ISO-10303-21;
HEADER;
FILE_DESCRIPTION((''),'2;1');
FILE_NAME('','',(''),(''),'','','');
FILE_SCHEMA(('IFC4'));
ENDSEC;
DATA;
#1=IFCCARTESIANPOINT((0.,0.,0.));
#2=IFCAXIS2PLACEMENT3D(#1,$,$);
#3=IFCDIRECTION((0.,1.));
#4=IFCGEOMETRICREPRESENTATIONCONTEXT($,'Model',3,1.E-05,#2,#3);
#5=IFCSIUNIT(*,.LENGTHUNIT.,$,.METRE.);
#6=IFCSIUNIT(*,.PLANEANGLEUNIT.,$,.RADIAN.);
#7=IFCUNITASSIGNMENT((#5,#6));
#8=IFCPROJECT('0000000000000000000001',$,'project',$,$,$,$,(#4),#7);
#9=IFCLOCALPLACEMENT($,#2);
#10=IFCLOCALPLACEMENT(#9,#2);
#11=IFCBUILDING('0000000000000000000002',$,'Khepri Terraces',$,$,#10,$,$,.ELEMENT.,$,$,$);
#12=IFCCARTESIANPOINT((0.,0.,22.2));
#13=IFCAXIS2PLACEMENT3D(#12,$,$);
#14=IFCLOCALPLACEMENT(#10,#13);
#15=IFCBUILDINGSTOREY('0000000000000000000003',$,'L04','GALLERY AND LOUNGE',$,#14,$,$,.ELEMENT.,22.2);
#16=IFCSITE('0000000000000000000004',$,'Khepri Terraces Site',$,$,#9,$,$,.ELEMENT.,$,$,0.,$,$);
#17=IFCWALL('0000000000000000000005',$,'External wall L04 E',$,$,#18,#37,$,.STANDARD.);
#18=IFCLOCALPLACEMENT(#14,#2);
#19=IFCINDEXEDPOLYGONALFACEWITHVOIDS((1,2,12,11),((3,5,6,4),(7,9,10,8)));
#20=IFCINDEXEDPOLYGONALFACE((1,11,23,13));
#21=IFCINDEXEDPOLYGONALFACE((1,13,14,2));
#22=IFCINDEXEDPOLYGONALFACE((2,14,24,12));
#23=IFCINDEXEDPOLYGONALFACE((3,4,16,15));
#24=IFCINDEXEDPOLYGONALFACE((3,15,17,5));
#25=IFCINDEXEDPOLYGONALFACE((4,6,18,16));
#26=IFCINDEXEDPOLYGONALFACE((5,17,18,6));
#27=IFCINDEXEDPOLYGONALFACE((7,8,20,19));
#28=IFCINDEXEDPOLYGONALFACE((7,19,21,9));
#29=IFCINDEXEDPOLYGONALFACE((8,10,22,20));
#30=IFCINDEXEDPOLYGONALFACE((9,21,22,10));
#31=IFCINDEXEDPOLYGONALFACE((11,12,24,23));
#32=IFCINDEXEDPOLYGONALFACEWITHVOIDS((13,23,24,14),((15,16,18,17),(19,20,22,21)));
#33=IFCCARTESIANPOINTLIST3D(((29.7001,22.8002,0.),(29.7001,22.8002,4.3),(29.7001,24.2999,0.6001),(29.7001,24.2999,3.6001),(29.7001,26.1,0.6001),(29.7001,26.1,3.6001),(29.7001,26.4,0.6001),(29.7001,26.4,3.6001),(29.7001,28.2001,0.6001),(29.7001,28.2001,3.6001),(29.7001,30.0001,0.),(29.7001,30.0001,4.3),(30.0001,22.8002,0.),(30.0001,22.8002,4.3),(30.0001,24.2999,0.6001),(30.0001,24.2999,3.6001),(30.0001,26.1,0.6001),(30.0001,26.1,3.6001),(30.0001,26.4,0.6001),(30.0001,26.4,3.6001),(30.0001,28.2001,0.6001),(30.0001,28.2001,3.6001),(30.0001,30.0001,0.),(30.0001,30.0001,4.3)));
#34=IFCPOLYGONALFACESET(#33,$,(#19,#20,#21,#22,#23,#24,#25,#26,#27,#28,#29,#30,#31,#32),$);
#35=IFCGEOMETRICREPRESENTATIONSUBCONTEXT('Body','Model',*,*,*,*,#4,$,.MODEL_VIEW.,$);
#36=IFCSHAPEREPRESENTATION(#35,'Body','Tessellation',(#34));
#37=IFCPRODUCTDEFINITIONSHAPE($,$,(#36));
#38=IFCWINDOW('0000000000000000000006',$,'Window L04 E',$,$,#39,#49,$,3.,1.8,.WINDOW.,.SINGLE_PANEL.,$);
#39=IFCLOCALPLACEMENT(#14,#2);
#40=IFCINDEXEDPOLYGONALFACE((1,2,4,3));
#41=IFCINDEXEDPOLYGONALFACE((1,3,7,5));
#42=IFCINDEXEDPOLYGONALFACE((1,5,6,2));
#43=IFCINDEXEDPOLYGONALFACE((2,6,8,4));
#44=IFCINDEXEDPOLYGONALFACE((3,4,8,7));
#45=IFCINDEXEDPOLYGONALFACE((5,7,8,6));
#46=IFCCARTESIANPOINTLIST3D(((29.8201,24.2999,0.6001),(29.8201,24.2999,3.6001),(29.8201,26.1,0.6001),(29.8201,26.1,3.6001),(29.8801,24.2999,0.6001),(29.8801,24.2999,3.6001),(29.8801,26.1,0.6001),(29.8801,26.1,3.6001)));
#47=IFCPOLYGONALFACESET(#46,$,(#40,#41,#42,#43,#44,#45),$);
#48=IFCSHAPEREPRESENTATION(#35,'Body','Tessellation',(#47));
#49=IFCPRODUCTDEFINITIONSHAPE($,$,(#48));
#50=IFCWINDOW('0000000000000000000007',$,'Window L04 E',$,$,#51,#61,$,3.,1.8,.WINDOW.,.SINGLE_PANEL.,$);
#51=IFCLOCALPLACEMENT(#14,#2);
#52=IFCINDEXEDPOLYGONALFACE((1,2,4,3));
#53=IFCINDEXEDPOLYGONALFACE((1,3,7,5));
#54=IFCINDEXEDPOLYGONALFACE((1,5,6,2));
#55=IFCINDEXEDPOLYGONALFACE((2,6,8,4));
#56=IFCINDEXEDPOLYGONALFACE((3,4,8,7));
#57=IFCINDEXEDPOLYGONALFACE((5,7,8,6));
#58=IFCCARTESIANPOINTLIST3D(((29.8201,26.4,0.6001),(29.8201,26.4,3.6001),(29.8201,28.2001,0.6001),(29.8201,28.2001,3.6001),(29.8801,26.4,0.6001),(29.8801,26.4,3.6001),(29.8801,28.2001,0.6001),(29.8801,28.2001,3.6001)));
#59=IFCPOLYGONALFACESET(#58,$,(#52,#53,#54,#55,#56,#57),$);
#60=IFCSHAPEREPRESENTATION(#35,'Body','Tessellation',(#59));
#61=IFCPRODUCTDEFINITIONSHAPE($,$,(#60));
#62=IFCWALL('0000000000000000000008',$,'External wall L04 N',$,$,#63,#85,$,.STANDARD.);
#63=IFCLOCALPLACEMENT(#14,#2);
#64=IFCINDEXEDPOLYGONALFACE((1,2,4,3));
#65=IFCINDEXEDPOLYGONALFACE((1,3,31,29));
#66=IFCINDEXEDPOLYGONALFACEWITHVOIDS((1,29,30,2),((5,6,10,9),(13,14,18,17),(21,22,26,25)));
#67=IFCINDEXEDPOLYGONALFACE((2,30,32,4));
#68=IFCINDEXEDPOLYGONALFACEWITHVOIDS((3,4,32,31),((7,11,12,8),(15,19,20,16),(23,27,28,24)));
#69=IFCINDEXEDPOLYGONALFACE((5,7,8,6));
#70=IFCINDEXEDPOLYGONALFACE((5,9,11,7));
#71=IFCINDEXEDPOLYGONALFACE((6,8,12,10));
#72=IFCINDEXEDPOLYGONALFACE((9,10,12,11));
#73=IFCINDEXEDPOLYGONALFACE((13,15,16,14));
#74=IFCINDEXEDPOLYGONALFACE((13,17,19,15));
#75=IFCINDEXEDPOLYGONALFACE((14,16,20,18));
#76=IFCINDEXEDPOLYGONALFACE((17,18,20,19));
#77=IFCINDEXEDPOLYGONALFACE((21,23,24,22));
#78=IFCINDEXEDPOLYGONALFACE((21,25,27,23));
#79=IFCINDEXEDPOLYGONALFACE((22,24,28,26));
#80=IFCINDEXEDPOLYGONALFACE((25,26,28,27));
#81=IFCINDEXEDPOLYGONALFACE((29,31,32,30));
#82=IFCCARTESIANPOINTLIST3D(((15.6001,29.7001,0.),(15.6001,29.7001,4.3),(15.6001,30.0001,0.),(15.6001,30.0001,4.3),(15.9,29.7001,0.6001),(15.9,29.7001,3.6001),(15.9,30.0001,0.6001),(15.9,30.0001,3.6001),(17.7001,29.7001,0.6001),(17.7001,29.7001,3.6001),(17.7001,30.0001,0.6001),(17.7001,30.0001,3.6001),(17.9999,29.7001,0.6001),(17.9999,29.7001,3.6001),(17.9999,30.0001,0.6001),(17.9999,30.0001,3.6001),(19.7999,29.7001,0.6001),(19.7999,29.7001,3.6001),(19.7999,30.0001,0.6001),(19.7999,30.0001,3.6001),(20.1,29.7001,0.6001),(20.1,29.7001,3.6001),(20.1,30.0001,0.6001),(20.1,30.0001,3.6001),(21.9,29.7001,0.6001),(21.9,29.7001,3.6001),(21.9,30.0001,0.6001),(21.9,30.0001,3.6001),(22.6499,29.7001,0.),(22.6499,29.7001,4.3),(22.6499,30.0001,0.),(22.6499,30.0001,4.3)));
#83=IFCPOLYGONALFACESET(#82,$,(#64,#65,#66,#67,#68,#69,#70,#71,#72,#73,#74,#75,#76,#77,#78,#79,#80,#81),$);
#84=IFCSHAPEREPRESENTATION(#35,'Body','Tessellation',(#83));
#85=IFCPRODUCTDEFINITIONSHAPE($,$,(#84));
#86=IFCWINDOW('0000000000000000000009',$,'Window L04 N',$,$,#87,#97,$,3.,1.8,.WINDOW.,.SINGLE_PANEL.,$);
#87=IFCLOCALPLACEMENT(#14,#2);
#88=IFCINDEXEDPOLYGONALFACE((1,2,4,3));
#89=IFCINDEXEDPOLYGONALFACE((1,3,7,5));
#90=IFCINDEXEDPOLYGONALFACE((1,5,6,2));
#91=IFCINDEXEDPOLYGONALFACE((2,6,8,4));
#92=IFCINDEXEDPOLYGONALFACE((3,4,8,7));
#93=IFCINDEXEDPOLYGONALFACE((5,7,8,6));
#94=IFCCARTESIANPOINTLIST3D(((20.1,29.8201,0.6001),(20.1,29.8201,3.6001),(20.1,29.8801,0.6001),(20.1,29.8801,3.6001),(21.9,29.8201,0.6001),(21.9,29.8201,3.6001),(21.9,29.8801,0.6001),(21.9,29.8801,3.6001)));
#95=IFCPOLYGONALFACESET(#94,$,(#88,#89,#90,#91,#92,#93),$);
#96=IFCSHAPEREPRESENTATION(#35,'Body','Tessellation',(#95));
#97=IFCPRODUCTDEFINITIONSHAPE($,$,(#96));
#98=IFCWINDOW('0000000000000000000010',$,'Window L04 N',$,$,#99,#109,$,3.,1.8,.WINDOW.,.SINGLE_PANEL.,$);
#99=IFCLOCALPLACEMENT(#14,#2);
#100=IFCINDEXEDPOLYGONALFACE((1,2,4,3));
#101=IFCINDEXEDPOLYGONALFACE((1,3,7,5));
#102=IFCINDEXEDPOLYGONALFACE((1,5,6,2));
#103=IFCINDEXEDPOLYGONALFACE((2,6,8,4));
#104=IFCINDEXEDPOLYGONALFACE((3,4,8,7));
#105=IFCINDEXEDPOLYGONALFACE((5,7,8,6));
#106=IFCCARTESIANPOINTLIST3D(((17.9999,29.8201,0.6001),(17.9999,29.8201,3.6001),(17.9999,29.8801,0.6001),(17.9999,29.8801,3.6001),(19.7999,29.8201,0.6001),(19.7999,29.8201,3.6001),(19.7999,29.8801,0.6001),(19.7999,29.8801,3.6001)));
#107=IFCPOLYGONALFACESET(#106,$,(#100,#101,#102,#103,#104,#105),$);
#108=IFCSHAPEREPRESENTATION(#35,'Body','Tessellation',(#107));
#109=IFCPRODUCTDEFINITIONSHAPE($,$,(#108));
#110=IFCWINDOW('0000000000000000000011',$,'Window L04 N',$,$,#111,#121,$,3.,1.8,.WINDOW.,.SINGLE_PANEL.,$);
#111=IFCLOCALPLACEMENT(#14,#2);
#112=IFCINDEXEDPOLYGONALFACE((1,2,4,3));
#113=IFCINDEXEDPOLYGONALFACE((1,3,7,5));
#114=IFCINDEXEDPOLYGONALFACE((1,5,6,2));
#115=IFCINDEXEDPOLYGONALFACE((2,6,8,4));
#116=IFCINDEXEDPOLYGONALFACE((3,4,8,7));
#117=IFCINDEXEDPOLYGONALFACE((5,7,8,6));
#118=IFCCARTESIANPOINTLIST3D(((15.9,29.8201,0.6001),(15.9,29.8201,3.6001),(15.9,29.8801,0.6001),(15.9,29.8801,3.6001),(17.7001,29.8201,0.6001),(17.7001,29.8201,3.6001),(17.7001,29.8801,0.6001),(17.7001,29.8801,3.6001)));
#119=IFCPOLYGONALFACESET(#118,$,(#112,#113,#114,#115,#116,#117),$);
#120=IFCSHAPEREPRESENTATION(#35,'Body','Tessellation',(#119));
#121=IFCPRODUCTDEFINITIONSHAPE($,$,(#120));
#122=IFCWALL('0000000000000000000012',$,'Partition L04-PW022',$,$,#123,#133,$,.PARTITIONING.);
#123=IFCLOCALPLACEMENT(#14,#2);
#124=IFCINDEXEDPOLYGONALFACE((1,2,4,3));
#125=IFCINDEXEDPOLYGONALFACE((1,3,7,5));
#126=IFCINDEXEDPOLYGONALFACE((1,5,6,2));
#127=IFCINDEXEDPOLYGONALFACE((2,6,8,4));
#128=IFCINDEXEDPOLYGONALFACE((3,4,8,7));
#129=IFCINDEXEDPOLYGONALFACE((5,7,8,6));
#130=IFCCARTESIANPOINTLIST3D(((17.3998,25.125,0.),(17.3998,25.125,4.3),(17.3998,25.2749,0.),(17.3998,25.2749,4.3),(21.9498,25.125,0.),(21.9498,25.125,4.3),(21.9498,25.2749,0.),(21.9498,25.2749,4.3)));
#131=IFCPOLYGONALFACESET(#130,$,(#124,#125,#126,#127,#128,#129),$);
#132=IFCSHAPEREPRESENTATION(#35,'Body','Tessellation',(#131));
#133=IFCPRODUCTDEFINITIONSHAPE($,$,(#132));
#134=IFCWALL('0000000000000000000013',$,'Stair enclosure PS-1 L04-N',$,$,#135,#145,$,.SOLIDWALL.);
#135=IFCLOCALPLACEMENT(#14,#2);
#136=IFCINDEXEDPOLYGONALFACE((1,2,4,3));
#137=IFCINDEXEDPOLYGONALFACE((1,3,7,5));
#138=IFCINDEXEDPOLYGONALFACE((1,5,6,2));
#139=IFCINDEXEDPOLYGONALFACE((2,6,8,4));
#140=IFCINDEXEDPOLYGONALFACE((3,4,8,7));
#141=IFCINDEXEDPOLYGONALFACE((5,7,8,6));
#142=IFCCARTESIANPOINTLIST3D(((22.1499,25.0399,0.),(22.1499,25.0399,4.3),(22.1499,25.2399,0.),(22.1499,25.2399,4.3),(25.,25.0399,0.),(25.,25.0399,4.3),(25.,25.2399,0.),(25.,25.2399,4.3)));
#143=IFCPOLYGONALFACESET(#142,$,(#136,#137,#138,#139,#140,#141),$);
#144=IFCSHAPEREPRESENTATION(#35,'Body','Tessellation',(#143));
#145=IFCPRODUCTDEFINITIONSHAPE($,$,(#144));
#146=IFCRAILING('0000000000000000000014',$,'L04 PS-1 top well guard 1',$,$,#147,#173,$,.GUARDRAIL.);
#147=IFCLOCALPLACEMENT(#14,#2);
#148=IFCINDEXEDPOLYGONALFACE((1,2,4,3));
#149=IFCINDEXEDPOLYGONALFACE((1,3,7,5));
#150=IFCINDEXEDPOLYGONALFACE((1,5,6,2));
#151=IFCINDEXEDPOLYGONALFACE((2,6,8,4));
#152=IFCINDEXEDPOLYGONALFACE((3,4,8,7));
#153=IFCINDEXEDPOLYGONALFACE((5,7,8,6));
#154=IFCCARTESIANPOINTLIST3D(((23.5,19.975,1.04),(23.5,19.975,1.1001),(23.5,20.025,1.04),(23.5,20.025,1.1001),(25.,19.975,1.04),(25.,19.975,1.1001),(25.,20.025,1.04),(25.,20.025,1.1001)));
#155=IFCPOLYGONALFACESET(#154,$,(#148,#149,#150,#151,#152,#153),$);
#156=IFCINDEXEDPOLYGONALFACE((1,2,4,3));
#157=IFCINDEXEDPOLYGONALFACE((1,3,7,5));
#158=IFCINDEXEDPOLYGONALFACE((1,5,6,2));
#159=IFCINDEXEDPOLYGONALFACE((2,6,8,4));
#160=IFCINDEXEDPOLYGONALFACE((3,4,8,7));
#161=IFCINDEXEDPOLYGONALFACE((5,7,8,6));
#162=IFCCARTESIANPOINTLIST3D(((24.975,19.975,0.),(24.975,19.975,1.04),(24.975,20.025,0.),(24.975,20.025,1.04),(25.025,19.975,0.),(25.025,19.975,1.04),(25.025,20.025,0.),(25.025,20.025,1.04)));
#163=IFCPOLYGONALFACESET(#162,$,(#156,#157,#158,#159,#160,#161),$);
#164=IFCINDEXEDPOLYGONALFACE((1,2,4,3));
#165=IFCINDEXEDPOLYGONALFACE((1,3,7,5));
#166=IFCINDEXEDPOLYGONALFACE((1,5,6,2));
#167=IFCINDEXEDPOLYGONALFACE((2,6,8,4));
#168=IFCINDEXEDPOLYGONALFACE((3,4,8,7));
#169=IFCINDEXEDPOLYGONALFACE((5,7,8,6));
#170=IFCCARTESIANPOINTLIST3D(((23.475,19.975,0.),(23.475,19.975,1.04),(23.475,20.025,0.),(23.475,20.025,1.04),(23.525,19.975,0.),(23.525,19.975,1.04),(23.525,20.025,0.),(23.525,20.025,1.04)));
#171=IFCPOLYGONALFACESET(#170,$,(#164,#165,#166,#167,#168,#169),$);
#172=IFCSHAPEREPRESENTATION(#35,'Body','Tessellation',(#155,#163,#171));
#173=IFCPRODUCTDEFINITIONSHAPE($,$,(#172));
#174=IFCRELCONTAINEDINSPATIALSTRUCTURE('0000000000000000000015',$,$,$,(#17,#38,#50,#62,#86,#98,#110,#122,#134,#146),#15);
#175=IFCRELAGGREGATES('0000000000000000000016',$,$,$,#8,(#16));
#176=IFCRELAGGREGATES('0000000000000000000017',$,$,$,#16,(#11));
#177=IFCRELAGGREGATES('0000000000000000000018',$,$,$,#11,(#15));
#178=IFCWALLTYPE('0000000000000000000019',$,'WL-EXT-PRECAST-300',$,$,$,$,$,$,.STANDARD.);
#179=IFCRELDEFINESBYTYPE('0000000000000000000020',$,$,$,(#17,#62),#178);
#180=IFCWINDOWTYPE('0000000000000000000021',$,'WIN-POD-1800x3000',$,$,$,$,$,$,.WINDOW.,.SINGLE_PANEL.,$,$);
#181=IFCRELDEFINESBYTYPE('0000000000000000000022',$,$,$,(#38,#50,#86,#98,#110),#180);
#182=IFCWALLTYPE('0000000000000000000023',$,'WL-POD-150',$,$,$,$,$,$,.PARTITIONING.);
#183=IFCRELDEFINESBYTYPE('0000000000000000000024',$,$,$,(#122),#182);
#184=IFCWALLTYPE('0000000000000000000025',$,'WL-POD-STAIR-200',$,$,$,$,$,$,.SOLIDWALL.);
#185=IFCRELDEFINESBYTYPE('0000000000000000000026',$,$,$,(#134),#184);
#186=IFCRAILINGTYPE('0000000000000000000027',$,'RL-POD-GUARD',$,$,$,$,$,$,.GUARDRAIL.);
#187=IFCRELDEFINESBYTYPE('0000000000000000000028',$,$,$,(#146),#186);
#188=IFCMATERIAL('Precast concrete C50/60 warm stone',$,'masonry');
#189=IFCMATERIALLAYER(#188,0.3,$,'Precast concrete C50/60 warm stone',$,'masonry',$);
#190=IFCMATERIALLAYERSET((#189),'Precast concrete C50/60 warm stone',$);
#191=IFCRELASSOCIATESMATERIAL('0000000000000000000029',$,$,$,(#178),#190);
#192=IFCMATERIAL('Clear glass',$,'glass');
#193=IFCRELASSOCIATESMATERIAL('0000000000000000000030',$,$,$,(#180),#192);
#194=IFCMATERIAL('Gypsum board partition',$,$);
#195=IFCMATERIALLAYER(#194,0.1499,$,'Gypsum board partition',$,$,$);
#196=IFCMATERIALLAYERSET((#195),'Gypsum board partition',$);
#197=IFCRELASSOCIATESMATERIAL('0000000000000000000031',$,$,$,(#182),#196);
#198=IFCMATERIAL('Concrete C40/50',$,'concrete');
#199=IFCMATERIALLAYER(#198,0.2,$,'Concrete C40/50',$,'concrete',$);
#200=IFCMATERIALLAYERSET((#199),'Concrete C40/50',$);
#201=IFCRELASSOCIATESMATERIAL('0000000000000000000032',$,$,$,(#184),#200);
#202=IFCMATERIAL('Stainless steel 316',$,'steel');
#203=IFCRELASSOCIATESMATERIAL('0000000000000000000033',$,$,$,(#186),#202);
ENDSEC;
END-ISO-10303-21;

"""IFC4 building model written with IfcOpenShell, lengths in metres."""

from ifc_helpers import new_model, si_unit, direction, frame, frame_2d, origin, origin_2d, place, context, subcontext, project, spatial, rectangle, extrude, material, layer, layer_set, type_object, element, fill, save


model = new_model("IFC4")

# Units and contexts
model_context = context("Model", 3, precision=1e-05, world=origin(), true_north=direction((0.0, 1.0)))
body_context = subcontext(model_context, "Body", "Model", "MODEL_VIEW")
ifc_project = project(units=[si_unit("LENGTHUNIT", "METRE"), si_unit("PLANEANGLEUNIT", "RADIAN")], contexts=[model_context])

# Site, building, storey
site_placement = place(None, origin())
site = spatial("IfcSite", under=ifc_project, at=site_placement, Name="Khepri Terraces Site", CompositionType="ELEMENT", RefElevation=0.0)
building_placement = place(site_placement, origin())
building = spatial("IfcBuilding", under=site, at=building_placement, Name="Khepri Terraces", CompositionType="ELEMENT")
storey_placement = place(building_placement, frame((0.0, 0.0, 22.2)))
storey = spatial("IfcBuildingStorey", under=building, at=storey_placement, Name="L04", Description="GALLERY AND LOUNGE", CompositionType="ELEMENT", Elevation=22.2)

# Shared definitions
ifc_material_1 = material(Name="Clear glass", Category="glass")

# Walls, openings, windows
ifc_material_2 = material(Name="Precast concrete C50/60 warm stone", Category="masonry")
ifc_layer_1 = layer(ifc_material_2, 0.3, Name="Precast concrete C50/60 warm stone", Category="masonry")
ifc_layer_set_1 = layer_set([ifc_layer_1], Name="Precast concrete C50/60 warm stone")
wall_type_1 = type_object("IfcWallType", Name="WL-EXT-PRECAST-300", PredefinedType="STANDARD", material=ifc_layer_set_1)
wall_1_placement = place(storey_placement, frame((29.8501, 22.8, 0.0), z_axis=(0.0, 0.0, 1.0), x_axis=(0.0, 1.0, 0.0)))
wall_1 = element("IfcWall", 1, at=wall_1_placement, inside=storey, type_object=wall_type_1, Name="External wall L04 E", PredefinedType="STANDARD", context=body_context, shape_type="SweptSolid", body=[
    extrude(rectangle(XDim=7.2, YDim=0.3, at=frame_2d((3.6001, 0.0))), origin(), (0.0, 0.0, 1.0), 4.3),
])
opening_1_placement = place(wall_1_placement, frame((1.5, 0.0, 0.6001)))
opening_1 = element("IfcOpeningElement", 2, at=opening_1_placement, cuts=wall_1, PredefinedType="OPENING", context=body_context, shape_type="SweptSolid", body=[
    extrude(rectangle(XDim=1.8, YDim=3.0, at=frame_2d((0.8999, 1.5))), frame((0.0, 0.1602, 0.0), z_axis=(0.0, -1.0, 0.0), x_axis=(1.0, 0.0, 0.0)), (0.0, 0.0, 1.0), 0.3201),
])
opening_2_placement = place(wall_1_placement, frame((3.6001, 0.0, 0.6001)))
opening_2 = element("IfcOpeningElement", 3, at=opening_2_placement, cuts=wall_1, PredefinedType="OPENING", context=body_context, shape_type="SweptSolid", body=[
    extrude(rectangle(XDim=1.8, YDim=3.0, at=frame_2d((0.8999, 1.5))), frame((0.0, 0.1602, 0.0), z_axis=(0.0, -1.0, 0.0), x_axis=(1.0, 0.0, 0.0)), (0.0, 0.0, 1.0), 0.3201),
])
window_type = type_object("IfcWindowType", Name="WIN-POD-1800x3000", PartitioningType="SINGLE_PANEL", PredefinedType="WINDOW", material=ifc_material_1)
window_1_placement = place(opening_1_placement, origin())
window_1 = element("IfcWindow", 4, at=window_1_placement, inside=storey, type_object=window_type, Name="Window L04 E", OverallHeight=3.0, OverallWidth=1.8, PartitioningType="SINGLE_PANEL", PredefinedType="WINDOW", context=body_context, shape_type="SweptSolid", body=[
    extrude(rectangle(XDim=1.8, YDim=3.0, at=frame_2d((0.8999, 1.5))), frame((0.0, 0.03, 0.0), z_axis=(0.0, -1.0, 0.0), x_axis=(1.0, 0.0, 0.0)), (0.0, 0.0, 1.0), 0.0601),
])
fill(opening_1, window_1)
window_2_placement = place(opening_2_placement, origin())
window_2 = element("IfcWindow", 5, at=window_2_placement, inside=storey, type_object=window_type, Name="Window L04 E", OverallHeight=3.0, OverallWidth=1.8, PartitioningType="SINGLE_PANEL", PredefinedType="WINDOW", context=body_context, shape_type="SweptSolid", body=[
    extrude(rectangle(XDim=1.8, YDim=3.0, at=frame_2d((0.8999, 1.5))), frame((0.0, 0.03, 0.0), z_axis=(0.0, -1.0, 0.0), x_axis=(1.0, 0.0, 0.0)), (0.0, 0.0, 1.0), 0.0601),
])
fill(opening_2, window_2)
wall_2_placement = place(storey_placement, frame((22.6499, 29.8501, 0.0), z_axis=(0.0, 0.0, 1.0), x_axis=(-1.0, 0.0, 0.0)))
wall_2 = element("IfcWall", 6, at=wall_2_placement, inside=storey, type_object=wall_type_1, Name="External wall L04 N", PredefinedType="STANDARD", context=body_context, shape_type="SweptSolid", body=[
    extrude(rectangle(XDim=7.0498, YDim=0.3, at=frame_2d((3.5249, 0.0))), origin(), (0.0, 0.0, 1.0), 4.3),
])
opening_3_placement = place(wall_2_placement, frame((0.75, 0.0, 0.6001)))
opening_3 = element("IfcOpeningElement", 7, at=opening_3_placement, cuts=wall_2, PredefinedType="OPENING", context=body_context, shape_type="SweptSolid", body=[
    extrude(rectangle(XDim=1.8, YDim=3.0, at=frame_2d((0.8999, 1.5))), frame((0.0, 0.1602, 0.0), z_axis=(0.0, -1.0, 0.0), x_axis=(1.0, 0.0, 0.0)), (0.0, 0.0, 1.0), 0.3201),
])
opening_4_placement = place(wall_2_placement, frame((2.8501, 0.0, 0.6001)))
opening_4 = element("IfcOpeningElement", 8, at=opening_4_placement, cuts=wall_2, PredefinedType="OPENING", context=body_context, shape_type="SweptSolid", body=[
    extrude(rectangle(XDim=1.8, YDim=3.0, at=frame_2d((0.8999, 1.5))), frame((0.0, 0.1602, 0.0), z_axis=(0.0, -1.0, 0.0), x_axis=(1.0, 0.0, 0.0)), (0.0, 0.0, 1.0), 0.3201),
])
opening_5_placement = place(wall_2_placement, frame((4.95, 0.0, 0.6001)))
opening_5 = element("IfcOpeningElement", 9, at=opening_5_placement, cuts=wall_2, PredefinedType="OPENING", context=body_context, shape_type="SweptSolid", body=[
    extrude(rectangle(XDim=1.8, YDim=3.0, at=frame_2d((0.8999, 1.5))), frame((0.0, 0.1602, 0.0), z_axis=(0.0, -1.0, 0.0), x_axis=(1.0, 0.0, 0.0)), (0.0, 0.0, 1.0), 0.3201),
])
window_3_placement = place(opening_3_placement, origin())
window_3 = element("IfcWindow", 10, at=window_3_placement, inside=storey, type_object=window_type, Name="Window L04 N", OverallHeight=3.0, OverallWidth=1.8, PartitioningType="SINGLE_PANEL", PredefinedType="WINDOW", context=body_context, shape_type="SweptSolid", body=[
    extrude(rectangle(XDim=1.8, YDim=3.0, at=frame_2d((0.8999, 1.5))), frame((0.0, 0.03, 0.0), z_axis=(0.0, -1.0, 0.0), x_axis=(1.0, 0.0, 0.0)), (0.0, 0.0, 1.0), 0.0601),
])
fill(opening_3, window_3)
window_4_placement = place(opening_4_placement, origin())
window_4 = element("IfcWindow", 11, at=window_4_placement, inside=storey, type_object=window_type, Name="Window L04 N", OverallHeight=3.0, OverallWidth=1.8, PartitioningType="SINGLE_PANEL", PredefinedType="WINDOW", context=body_context, shape_type="SweptSolid", body=[
    extrude(rectangle(XDim=1.8, YDim=3.0, at=frame_2d((0.8999, 1.5))), frame((0.0, 0.03, 0.0), z_axis=(0.0, -1.0, 0.0), x_axis=(1.0, 0.0, 0.0)), (0.0, 0.0, 1.0), 0.0601),
])
fill(opening_4, window_4)
window_5_placement = place(opening_5_placement, origin())
window_5 = element("IfcWindow", 12, at=window_5_placement, inside=storey, type_object=window_type, Name="Window L04 N", OverallHeight=3.0, OverallWidth=1.8, PartitioningType="SINGLE_PANEL", PredefinedType="WINDOW", context=body_context, shape_type="SweptSolid", body=[
    extrude(rectangle(XDim=1.8, YDim=3.0, at=frame_2d((0.8999, 1.5))), frame((0.0, 0.03, 0.0), z_axis=(0.0, -1.0, 0.0), x_axis=(1.0, 0.0, 0.0)), (0.0, 0.0, 1.0), 0.0601),
])
fill(opening_5, window_5)

# Walls
ifc_material_3 = material(Name="Gypsum board partition")
ifc_layer_2 = layer(ifc_material_3, 0.1499, Name="Gypsum board partition")
ifc_layer_set_2 = layer_set([ifc_layer_2], Name="Gypsum board partition")
wall_type_2 = type_object("IfcWallType", Name="WL-POD-150", PredefinedType="PARTITIONING", material=ifc_layer_set_2)
wall_3_placement = place(storey_placement, frame((17.3999, 25.2, 0.0), z_axis=(0.0, 0.0, 1.0), x_axis=(1.0, 0.0, 0.0)))
element("IfcWall", 13, at=wall_3_placement, inside=storey, type_object=wall_type_2, Name="Partition L04-PW022", PredefinedType="PARTITIONING", context=body_context, shape_type="SweptSolid", body=[
    extrude(rectangle(XDim=4.55, YDim=0.1499, at=frame_2d((2.2749, 0.0))), origin(), (0.0, 0.0, 1.0), 4.3),
])
ifc_material_4 = material(Name="Concrete C40/50", Category="concrete")
ifc_layer_3 = layer(ifc_material_4, 0.2, Name="Concrete C40/50", Category="concrete")
ifc_layer_set_3 = layer_set([ifc_layer_3], Name="Concrete C40/50")
wall_type_3 = type_object("IfcWallType", Name="WL-POD-STAIR-200", PredefinedType="SOLIDWALL", material=ifc_layer_set_3)
wall_4_placement = place(storey_placement, frame((22.1499, 25.1399, 0.0), z_axis=(0.0, 0.0, 1.0), x_axis=(1.0, 0.0, 0.0)))
element("IfcWall", 14, at=wall_4_placement, inside=storey, type_object=wall_type_3, Name="Stair enclosure PS-1 L04-N", PredefinedType="SOLIDWALL", context=body_context, shape_type="SweptSolid", body=[
    extrude(rectangle(XDim=2.8501, YDim=0.2, at=frame_2d((1.425, 0.0))), origin(), (0.0, 0.0, 1.0), 4.3),
])

# Railing
ifc_material_5 = material(Name="Stainless steel 316", Category="steel")
railing_type_1 = type_object("IfcRailingType", Name="RL-POD-GUARD", PredefinedType="GUARDRAIL", material=ifc_material_5)
railing_1_placement = place(storey_placement, frame((25.0, 20.0, 0.0)))
element("IfcRailing", 15, at=railing_1_placement, inside=storey, type_object=railing_type_1, Name="L04 PS-1 top well guard 1", PredefinedType="GUARDRAIL", context=body_context, shape_type="SweptSolid", body=[
    extrude(rectangle(XDim=0.05, YDim=0.0601, at=origin_2d()), frame((0.0, 0.0, 1.0701), z_axis=(-1.0, 0.0, 0.0), x_axis=(0.0, -1.0, 0.0)), (0.0, 0.0, 1.0), 1.5),
    extrude(rectangle(XDim=0.05, YDim=0.05, at=origin_2d()), origin(), (0.0, 0.0, 1.0), 1.04),
    extrude(rectangle(XDim=0.05, YDim=0.05, at=origin_2d()), frame((-1.5, 0.0, 0.0)), (0.0, 0.0, 1.0), 1.04),
])

save(model, "model.ifc")
